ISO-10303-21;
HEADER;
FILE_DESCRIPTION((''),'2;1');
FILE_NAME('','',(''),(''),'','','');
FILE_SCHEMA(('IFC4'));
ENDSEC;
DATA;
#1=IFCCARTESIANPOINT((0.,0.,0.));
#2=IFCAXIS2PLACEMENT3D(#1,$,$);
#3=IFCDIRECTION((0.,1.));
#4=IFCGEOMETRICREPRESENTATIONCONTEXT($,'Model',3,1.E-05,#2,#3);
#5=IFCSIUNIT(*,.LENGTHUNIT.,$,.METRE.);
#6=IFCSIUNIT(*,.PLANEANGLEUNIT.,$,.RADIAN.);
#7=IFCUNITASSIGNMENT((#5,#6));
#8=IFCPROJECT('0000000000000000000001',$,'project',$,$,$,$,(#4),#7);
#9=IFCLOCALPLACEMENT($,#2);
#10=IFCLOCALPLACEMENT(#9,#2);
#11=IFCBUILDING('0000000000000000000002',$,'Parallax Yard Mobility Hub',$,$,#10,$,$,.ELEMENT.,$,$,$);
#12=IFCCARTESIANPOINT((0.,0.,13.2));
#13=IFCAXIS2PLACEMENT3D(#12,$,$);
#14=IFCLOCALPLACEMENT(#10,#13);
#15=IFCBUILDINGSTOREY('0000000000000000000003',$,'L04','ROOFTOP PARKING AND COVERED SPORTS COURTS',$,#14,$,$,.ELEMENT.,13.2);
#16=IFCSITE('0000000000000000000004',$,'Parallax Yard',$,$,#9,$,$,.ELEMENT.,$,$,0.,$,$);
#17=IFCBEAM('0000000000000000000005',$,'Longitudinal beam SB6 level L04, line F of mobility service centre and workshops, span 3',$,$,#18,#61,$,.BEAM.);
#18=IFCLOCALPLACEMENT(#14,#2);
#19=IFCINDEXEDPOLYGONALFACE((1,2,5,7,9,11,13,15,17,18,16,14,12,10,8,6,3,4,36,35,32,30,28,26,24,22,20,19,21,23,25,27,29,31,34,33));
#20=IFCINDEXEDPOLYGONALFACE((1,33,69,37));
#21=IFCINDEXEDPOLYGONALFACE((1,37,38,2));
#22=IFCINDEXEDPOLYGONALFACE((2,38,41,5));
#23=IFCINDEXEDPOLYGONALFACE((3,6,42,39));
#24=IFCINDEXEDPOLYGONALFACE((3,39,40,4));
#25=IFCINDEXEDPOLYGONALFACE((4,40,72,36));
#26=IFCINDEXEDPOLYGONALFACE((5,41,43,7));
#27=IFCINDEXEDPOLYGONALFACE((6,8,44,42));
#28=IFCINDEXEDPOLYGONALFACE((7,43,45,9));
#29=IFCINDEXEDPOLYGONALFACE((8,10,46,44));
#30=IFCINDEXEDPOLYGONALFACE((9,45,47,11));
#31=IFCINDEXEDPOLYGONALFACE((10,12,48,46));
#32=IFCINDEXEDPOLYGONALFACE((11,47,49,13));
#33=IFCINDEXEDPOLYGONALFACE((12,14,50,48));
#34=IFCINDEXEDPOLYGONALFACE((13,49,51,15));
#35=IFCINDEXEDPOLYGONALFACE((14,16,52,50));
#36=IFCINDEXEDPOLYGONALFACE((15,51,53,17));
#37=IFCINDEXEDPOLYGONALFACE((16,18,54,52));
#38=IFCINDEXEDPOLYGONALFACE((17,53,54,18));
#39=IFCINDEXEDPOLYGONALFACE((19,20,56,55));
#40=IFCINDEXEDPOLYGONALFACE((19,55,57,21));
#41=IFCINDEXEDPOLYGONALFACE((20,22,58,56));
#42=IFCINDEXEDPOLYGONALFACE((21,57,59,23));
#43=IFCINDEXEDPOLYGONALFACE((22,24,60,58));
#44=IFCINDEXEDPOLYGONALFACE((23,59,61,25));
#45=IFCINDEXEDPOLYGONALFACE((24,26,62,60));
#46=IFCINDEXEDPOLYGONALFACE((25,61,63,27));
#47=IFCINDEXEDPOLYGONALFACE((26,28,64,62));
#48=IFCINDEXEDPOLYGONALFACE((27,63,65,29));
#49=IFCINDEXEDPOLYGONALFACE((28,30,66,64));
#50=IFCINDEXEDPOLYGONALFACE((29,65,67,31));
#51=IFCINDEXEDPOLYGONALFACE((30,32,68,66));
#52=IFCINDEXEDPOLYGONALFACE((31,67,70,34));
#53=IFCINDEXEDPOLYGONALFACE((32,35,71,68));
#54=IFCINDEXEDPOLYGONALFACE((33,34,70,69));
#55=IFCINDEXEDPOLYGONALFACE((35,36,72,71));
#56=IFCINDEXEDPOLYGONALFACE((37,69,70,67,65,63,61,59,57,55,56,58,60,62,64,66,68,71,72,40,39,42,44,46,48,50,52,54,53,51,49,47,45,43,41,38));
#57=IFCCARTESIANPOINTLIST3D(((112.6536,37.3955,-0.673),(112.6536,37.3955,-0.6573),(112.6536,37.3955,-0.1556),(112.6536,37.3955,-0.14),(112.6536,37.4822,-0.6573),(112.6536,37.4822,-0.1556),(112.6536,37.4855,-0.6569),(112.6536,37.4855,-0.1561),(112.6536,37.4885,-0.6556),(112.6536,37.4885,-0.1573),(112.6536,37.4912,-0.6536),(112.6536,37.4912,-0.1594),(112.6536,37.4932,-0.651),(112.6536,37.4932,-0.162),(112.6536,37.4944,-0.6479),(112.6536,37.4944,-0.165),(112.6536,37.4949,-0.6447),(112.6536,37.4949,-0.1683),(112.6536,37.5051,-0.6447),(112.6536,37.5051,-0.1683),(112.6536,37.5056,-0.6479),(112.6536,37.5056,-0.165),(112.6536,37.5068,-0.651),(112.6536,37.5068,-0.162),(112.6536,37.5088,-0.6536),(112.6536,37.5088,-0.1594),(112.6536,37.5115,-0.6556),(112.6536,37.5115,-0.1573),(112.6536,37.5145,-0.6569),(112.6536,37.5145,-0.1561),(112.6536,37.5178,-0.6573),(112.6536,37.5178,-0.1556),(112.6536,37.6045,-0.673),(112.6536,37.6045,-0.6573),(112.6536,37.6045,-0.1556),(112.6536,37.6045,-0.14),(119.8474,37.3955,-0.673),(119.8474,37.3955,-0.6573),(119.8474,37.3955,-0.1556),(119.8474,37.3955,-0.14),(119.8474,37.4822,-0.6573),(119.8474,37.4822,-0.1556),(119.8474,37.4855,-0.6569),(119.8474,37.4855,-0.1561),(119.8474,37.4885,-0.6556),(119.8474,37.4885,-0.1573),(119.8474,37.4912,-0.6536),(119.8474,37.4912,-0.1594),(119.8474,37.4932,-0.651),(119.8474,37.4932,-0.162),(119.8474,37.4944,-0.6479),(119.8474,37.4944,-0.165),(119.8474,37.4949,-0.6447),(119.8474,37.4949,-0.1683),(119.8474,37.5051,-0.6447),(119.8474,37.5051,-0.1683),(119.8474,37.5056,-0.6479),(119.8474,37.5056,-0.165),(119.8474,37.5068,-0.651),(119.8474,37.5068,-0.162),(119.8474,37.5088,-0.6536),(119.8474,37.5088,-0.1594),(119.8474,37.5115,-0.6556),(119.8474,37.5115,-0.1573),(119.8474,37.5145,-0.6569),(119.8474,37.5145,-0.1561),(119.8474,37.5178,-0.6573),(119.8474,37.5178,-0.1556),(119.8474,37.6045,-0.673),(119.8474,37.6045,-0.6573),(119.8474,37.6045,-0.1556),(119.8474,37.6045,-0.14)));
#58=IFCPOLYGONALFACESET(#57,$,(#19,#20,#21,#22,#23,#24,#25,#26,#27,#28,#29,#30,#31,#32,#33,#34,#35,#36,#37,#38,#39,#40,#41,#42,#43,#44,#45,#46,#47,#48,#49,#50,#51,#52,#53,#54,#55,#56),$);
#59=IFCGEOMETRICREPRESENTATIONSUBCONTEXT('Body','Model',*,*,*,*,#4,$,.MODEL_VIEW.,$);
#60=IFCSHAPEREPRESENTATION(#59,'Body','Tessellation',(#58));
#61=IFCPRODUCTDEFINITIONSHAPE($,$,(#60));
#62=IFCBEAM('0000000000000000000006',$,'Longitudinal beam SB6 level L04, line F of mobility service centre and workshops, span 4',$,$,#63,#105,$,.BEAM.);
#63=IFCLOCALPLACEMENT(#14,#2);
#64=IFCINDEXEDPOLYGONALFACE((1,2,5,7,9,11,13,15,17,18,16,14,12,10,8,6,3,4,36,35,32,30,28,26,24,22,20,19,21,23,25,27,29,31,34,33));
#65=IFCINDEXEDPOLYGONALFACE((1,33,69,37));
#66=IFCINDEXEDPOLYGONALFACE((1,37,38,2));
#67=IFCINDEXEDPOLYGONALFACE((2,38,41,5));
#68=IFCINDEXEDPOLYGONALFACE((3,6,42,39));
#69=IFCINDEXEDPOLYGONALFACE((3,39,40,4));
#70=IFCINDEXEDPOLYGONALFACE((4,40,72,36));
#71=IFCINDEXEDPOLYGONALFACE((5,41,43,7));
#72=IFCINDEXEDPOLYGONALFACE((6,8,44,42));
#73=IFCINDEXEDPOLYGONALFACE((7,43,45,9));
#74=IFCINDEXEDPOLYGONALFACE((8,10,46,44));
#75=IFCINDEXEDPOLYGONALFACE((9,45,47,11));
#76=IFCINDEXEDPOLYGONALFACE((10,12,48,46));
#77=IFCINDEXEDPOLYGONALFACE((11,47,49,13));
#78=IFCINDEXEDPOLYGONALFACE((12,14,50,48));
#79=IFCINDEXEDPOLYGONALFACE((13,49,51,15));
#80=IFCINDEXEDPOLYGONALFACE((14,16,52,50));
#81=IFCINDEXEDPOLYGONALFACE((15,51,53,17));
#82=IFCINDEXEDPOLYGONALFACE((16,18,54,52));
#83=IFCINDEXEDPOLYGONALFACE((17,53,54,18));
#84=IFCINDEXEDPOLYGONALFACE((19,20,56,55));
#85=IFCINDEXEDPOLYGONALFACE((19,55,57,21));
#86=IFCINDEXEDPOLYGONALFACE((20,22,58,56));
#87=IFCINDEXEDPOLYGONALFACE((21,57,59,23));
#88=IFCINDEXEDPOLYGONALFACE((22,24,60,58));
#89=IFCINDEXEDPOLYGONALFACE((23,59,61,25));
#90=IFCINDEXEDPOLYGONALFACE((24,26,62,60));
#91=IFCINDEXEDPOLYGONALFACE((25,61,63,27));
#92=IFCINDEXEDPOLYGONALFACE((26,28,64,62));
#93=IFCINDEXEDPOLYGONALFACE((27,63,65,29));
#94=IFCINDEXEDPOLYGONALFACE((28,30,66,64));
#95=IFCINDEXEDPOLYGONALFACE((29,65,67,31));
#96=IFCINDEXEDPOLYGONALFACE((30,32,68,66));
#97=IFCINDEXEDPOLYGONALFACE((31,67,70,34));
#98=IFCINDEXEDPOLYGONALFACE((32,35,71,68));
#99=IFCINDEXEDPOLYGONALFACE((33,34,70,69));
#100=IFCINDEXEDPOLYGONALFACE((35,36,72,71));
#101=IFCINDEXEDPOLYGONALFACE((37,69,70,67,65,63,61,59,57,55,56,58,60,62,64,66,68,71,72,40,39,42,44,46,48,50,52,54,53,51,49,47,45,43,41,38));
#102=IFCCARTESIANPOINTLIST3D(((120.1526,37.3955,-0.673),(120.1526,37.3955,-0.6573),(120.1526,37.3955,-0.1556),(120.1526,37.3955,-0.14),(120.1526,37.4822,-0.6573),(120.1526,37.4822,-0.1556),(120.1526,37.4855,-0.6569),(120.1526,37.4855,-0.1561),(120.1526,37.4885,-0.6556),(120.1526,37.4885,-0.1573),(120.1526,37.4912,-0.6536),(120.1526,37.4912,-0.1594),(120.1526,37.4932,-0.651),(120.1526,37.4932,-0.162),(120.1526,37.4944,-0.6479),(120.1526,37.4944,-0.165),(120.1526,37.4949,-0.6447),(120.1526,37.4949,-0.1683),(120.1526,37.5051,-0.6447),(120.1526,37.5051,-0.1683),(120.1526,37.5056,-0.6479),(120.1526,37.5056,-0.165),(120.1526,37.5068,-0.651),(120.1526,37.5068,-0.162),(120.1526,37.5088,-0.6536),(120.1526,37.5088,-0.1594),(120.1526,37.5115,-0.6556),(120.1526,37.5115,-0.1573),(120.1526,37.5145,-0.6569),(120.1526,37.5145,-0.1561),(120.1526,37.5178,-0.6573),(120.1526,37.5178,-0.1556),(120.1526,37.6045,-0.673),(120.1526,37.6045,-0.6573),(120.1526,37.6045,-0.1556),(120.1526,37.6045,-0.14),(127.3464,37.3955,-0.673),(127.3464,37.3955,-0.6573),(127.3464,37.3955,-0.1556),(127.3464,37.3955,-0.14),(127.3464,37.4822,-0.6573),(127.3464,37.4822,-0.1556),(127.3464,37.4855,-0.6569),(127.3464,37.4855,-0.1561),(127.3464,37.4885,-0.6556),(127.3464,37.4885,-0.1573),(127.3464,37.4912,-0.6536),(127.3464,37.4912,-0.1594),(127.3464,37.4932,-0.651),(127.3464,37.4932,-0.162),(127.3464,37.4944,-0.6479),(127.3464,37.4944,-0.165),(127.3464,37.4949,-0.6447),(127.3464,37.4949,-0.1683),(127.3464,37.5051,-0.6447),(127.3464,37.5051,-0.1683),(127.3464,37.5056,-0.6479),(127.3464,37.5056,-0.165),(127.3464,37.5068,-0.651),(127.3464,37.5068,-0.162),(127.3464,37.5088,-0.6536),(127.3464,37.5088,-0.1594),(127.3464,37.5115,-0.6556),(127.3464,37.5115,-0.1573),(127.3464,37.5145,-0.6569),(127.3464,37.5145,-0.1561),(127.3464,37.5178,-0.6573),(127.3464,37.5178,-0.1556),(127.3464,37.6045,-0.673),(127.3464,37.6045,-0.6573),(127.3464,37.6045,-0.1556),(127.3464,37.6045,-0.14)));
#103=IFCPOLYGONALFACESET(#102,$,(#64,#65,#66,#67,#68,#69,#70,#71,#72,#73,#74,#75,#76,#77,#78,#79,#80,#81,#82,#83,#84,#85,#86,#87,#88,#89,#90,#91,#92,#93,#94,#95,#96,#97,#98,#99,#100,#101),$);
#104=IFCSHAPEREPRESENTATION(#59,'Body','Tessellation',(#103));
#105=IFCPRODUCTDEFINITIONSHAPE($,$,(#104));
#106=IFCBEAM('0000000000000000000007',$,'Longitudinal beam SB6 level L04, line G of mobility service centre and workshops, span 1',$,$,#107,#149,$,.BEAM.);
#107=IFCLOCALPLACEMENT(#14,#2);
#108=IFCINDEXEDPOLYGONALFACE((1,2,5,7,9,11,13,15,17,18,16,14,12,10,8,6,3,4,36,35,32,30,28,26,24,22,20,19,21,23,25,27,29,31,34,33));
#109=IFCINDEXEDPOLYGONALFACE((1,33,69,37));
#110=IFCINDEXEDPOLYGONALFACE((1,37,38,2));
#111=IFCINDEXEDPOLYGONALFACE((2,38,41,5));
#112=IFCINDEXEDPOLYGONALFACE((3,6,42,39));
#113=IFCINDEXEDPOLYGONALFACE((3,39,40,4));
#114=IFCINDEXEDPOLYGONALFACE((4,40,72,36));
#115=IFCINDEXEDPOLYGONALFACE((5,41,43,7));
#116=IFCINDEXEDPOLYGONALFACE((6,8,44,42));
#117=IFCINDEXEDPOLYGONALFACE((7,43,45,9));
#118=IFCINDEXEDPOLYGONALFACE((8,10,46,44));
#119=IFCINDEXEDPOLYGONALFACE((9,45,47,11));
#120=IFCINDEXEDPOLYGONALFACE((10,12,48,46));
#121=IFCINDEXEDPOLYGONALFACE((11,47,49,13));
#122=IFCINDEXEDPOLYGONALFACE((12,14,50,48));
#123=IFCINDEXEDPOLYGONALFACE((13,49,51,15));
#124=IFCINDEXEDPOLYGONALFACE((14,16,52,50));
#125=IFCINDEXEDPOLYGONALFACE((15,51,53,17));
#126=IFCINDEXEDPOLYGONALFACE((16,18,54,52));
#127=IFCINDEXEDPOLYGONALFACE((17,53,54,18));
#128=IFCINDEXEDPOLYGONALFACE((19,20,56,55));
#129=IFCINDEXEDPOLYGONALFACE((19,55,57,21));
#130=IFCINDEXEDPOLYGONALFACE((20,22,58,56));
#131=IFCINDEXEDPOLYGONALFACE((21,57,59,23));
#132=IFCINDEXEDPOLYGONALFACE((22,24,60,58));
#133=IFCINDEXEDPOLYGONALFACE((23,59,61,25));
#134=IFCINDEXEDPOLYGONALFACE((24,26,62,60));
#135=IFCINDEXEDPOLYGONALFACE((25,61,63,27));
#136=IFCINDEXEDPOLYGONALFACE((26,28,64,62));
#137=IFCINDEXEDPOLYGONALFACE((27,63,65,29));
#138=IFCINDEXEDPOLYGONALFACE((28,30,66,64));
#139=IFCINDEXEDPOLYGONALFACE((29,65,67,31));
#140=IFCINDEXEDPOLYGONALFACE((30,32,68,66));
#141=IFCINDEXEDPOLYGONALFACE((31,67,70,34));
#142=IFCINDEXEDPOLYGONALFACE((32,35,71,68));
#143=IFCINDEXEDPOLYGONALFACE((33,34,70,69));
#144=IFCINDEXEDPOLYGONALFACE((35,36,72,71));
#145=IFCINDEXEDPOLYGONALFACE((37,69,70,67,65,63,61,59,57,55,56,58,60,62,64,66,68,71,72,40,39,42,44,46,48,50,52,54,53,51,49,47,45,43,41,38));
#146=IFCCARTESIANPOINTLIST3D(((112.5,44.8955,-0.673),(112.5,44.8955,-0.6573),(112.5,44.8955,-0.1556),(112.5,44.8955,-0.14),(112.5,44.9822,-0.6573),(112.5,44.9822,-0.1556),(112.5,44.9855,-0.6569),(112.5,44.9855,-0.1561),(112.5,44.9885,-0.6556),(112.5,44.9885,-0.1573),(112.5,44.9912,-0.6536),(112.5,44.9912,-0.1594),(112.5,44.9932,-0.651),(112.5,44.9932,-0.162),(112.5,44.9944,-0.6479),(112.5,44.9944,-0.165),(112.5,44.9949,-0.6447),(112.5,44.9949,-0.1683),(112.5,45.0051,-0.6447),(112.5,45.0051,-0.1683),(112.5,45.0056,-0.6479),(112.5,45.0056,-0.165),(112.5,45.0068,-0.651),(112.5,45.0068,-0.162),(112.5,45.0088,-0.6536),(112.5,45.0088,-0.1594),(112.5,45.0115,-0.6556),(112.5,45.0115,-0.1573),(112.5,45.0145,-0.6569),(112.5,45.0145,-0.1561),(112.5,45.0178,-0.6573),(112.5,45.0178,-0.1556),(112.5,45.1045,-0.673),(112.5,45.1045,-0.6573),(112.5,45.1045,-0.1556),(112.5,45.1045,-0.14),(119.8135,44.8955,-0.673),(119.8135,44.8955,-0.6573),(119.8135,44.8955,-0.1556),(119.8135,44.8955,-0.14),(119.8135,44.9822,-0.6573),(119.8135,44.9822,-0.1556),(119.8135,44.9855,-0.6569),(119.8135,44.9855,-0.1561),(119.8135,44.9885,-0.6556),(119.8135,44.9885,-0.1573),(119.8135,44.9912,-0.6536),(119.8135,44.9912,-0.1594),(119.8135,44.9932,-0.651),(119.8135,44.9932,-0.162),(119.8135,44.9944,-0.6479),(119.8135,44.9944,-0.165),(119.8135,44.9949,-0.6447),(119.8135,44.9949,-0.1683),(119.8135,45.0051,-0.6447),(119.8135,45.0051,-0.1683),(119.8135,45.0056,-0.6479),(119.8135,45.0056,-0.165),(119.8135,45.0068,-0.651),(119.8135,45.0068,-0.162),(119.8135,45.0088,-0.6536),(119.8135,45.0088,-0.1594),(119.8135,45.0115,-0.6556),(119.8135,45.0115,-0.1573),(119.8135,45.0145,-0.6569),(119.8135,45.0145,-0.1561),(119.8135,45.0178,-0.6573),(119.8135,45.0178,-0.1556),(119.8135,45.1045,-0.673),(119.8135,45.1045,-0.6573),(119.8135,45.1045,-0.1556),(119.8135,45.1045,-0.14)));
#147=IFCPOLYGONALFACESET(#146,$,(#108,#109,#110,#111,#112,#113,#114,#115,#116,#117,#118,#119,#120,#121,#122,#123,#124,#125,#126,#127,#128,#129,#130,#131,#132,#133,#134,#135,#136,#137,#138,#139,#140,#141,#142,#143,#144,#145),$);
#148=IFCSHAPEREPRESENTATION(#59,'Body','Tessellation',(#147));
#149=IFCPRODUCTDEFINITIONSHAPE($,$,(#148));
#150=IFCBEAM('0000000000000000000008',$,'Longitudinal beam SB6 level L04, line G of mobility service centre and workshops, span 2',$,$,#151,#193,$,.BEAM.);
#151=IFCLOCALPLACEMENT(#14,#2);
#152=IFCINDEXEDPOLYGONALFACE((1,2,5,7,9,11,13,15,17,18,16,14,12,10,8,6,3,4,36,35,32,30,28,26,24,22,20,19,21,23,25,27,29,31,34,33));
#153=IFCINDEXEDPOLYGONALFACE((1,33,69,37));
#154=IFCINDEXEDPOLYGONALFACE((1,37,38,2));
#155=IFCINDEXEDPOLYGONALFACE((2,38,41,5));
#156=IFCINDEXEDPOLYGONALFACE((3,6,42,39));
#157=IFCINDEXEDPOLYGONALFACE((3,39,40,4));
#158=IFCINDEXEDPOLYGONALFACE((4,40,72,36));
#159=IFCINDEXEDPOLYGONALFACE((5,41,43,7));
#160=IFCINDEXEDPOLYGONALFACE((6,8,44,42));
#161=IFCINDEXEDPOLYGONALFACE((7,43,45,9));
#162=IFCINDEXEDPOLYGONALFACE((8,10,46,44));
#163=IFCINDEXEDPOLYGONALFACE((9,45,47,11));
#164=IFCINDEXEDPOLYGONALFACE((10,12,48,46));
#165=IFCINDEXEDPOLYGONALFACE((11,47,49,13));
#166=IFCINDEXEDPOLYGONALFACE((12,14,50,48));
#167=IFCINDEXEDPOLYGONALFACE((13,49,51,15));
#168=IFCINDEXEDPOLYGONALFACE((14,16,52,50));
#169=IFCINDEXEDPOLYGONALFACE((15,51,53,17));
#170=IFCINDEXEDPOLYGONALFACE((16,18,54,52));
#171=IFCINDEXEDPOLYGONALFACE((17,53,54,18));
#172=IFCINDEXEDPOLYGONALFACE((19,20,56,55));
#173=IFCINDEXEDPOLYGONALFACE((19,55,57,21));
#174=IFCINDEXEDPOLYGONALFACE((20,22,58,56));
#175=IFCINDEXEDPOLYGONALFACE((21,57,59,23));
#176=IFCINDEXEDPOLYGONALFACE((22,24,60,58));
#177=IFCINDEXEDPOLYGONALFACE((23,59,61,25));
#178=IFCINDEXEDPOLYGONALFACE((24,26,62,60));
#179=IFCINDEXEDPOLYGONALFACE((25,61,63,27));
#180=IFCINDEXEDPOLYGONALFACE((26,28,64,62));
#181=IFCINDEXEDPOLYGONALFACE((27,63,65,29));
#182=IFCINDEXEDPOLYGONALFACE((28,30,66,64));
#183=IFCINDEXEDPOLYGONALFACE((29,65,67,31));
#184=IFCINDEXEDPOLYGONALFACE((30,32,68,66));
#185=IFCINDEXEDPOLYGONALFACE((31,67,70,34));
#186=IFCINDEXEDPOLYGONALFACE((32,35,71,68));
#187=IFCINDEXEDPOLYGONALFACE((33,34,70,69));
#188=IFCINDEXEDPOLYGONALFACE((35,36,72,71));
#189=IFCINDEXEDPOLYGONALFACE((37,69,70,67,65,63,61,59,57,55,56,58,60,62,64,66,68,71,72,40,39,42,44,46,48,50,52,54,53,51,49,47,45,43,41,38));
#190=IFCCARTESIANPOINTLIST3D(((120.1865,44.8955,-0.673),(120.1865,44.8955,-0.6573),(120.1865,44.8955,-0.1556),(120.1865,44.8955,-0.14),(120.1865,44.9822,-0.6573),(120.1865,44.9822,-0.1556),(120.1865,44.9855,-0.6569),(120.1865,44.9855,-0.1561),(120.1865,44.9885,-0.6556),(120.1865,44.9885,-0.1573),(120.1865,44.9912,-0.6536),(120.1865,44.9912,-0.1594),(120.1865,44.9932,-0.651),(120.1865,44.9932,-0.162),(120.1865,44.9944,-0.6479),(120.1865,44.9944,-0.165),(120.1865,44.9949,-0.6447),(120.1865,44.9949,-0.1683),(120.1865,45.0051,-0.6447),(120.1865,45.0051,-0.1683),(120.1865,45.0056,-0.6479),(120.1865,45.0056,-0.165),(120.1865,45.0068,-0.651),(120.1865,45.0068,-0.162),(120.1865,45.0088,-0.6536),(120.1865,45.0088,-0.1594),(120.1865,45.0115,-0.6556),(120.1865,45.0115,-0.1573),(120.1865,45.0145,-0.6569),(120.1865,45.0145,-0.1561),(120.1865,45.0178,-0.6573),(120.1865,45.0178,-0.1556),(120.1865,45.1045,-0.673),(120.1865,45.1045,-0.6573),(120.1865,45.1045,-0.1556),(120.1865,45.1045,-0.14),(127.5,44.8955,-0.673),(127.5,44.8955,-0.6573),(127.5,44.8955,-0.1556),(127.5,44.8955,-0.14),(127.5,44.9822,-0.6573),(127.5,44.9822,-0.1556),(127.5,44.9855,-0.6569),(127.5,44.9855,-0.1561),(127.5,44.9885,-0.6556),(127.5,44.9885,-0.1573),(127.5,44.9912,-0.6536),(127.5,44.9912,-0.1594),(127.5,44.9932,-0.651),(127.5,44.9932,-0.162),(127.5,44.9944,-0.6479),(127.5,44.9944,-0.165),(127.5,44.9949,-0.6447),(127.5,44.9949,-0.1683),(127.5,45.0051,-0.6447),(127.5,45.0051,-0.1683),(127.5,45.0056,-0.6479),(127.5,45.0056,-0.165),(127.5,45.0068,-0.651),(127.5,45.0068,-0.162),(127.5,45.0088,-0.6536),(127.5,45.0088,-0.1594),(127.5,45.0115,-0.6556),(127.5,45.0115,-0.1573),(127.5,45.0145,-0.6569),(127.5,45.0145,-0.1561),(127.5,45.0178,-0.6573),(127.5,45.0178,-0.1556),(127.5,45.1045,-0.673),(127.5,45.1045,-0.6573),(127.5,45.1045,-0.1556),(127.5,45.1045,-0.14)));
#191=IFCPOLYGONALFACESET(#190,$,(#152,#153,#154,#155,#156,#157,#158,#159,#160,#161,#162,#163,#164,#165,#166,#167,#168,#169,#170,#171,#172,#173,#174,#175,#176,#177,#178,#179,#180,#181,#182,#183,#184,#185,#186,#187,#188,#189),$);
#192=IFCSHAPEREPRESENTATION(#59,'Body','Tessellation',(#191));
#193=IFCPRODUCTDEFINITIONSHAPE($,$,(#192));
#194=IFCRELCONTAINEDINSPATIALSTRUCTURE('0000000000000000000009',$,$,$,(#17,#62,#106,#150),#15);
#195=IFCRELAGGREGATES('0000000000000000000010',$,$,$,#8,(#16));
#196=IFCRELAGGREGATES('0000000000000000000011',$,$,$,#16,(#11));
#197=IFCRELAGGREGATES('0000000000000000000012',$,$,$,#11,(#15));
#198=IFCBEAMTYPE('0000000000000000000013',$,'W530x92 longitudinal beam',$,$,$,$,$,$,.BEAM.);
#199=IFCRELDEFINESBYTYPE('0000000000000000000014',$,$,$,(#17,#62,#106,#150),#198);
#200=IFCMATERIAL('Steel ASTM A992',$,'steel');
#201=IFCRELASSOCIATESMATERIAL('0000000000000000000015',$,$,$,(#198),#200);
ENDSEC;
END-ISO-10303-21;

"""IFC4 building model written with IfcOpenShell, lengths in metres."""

from ifc_helpers import new_model, si_unit, direction, frame, origin, origin_2d, place, context, subcontext, project, spatial, i_section, extrude, material, material_profile, profile_set, type_object, element, save


model = new_model("IFC4")

# Units and contexts
model_context = context("Model", 3, precision=1e-05, world=origin(), true_north=direction((0.0, 1.0)))
body_context = subcontext(model_context, "Body", "Model", "MODEL_VIEW")
ifc_project = project(units=[si_unit("LENGTHUNIT", "METRE"), si_unit("PLANEANGLEUNIT", "RADIAN")], contexts=[model_context])

# Site, building, storey
site_placement = place(None, origin())
site = spatial("IfcSite", under=ifc_project, at=site_placement, Name="Parallax Yard", CompositionType="ELEMENT", RefElevation=0.0)
building_placement = place(site_placement, origin())
building = spatial("IfcBuilding", under=site, at=building_placement, Name="Parallax Yard Mobility Hub", CompositionType="ELEMENT")
storey_placement = place(building_placement, frame((0.0, 0.0, 13.2)))
storey = spatial("IfcBuildingStorey", under=building, at=storey_placement, Name="L04", Description="ROOFTOP PARKING AND COVERED SPORTS COURTS", CompositionType="ELEMENT", Elevation=13.2)

# Shared definitions
ifc_material_1 = material(Name="Steel ASTM A992", Category="steel")

# Beams
ifc_material_profile_1 = material_profile(ifc_material_1, i_section(OverallWidth=0.209, OverallDepth=0.533, WebThickness=0.0103, FlangeThickness=0.0156, FilletRadius=0.0127, at=origin_2d()), Name="W530x92")
ifc_profile_set_1 = profile_set([ifc_material_profile_1], Name="Steel ASTM A992")
beam_type_1 = type_object("IfcBeamType", Name="W530x92 longitudinal beam", PredefinedType="BEAM", material=ifc_profile_set_1)
for number, where, z_axis, x_axis, name in (
    (1, (112.6536, 37.5, -0.4065), (1.0, 0.0, 0.0), (0.0, 1.0, 0.0), "Longitudinal beam SB6 level L04, line F of mobility service centre and workshops, span 3"),
    (2, (120.1526, 37.5, -0.4065), (1.0, 0.0, 0.0), (0.0, 1.0, 0.0), "Longitudinal beam SB6 level L04, line F of mobility service centre and workshops, span 4"),
):
    element("IfcBeam", number, at=place(storey_placement, frame(where, z_axis=z_axis, x_axis=x_axis)), inside=storey, type_object=beam_type_1, Name=name, PredefinedType="BEAM", context=body_context, shape_type="SweptSolid", body=[
        extrude(i_section(OverallWidth=0.209, OverallDepth=0.533, WebThickness=0.0103, FlangeThickness=0.0156, FilletRadius=0.0127, at=origin_2d()), origin(), (0.0, 0.0, 1.0), 7.1938),
    ])
for number, where, z_axis, x_axis, name in (
    (3, (112.5, 45.0, -0.4065), (1.0, 0.0, 0.0), (0.0, 1.0, 0.0), "Longitudinal beam SB6 level L04, line G of mobility service centre and workshops, span 1"),
    (4, (120.1865, 45.0, -0.4065), (1.0, 0.0, 0.0), (0.0, 1.0, 0.0), "Longitudinal beam SB6 level L04, line G of mobility service centre and workshops, span 2"),
):
    element("IfcBeam", number, at=place(storey_placement, frame(where, z_axis=z_axis, x_axis=x_axis)), inside=storey, type_object=beam_type_1, Name=name, PredefinedType="BEAM", context=body_context, shape_type="SweptSolid", body=[
        extrude(i_section(OverallWidth=0.209, OverallDepth=0.533, WebThickness=0.0103, FlangeThickness=0.0156, FilletRadius=0.0127, at=origin_2d()), origin(), (0.0, 0.0, 1.0), 7.3135),
    ])

save(model, "model.ifc")
